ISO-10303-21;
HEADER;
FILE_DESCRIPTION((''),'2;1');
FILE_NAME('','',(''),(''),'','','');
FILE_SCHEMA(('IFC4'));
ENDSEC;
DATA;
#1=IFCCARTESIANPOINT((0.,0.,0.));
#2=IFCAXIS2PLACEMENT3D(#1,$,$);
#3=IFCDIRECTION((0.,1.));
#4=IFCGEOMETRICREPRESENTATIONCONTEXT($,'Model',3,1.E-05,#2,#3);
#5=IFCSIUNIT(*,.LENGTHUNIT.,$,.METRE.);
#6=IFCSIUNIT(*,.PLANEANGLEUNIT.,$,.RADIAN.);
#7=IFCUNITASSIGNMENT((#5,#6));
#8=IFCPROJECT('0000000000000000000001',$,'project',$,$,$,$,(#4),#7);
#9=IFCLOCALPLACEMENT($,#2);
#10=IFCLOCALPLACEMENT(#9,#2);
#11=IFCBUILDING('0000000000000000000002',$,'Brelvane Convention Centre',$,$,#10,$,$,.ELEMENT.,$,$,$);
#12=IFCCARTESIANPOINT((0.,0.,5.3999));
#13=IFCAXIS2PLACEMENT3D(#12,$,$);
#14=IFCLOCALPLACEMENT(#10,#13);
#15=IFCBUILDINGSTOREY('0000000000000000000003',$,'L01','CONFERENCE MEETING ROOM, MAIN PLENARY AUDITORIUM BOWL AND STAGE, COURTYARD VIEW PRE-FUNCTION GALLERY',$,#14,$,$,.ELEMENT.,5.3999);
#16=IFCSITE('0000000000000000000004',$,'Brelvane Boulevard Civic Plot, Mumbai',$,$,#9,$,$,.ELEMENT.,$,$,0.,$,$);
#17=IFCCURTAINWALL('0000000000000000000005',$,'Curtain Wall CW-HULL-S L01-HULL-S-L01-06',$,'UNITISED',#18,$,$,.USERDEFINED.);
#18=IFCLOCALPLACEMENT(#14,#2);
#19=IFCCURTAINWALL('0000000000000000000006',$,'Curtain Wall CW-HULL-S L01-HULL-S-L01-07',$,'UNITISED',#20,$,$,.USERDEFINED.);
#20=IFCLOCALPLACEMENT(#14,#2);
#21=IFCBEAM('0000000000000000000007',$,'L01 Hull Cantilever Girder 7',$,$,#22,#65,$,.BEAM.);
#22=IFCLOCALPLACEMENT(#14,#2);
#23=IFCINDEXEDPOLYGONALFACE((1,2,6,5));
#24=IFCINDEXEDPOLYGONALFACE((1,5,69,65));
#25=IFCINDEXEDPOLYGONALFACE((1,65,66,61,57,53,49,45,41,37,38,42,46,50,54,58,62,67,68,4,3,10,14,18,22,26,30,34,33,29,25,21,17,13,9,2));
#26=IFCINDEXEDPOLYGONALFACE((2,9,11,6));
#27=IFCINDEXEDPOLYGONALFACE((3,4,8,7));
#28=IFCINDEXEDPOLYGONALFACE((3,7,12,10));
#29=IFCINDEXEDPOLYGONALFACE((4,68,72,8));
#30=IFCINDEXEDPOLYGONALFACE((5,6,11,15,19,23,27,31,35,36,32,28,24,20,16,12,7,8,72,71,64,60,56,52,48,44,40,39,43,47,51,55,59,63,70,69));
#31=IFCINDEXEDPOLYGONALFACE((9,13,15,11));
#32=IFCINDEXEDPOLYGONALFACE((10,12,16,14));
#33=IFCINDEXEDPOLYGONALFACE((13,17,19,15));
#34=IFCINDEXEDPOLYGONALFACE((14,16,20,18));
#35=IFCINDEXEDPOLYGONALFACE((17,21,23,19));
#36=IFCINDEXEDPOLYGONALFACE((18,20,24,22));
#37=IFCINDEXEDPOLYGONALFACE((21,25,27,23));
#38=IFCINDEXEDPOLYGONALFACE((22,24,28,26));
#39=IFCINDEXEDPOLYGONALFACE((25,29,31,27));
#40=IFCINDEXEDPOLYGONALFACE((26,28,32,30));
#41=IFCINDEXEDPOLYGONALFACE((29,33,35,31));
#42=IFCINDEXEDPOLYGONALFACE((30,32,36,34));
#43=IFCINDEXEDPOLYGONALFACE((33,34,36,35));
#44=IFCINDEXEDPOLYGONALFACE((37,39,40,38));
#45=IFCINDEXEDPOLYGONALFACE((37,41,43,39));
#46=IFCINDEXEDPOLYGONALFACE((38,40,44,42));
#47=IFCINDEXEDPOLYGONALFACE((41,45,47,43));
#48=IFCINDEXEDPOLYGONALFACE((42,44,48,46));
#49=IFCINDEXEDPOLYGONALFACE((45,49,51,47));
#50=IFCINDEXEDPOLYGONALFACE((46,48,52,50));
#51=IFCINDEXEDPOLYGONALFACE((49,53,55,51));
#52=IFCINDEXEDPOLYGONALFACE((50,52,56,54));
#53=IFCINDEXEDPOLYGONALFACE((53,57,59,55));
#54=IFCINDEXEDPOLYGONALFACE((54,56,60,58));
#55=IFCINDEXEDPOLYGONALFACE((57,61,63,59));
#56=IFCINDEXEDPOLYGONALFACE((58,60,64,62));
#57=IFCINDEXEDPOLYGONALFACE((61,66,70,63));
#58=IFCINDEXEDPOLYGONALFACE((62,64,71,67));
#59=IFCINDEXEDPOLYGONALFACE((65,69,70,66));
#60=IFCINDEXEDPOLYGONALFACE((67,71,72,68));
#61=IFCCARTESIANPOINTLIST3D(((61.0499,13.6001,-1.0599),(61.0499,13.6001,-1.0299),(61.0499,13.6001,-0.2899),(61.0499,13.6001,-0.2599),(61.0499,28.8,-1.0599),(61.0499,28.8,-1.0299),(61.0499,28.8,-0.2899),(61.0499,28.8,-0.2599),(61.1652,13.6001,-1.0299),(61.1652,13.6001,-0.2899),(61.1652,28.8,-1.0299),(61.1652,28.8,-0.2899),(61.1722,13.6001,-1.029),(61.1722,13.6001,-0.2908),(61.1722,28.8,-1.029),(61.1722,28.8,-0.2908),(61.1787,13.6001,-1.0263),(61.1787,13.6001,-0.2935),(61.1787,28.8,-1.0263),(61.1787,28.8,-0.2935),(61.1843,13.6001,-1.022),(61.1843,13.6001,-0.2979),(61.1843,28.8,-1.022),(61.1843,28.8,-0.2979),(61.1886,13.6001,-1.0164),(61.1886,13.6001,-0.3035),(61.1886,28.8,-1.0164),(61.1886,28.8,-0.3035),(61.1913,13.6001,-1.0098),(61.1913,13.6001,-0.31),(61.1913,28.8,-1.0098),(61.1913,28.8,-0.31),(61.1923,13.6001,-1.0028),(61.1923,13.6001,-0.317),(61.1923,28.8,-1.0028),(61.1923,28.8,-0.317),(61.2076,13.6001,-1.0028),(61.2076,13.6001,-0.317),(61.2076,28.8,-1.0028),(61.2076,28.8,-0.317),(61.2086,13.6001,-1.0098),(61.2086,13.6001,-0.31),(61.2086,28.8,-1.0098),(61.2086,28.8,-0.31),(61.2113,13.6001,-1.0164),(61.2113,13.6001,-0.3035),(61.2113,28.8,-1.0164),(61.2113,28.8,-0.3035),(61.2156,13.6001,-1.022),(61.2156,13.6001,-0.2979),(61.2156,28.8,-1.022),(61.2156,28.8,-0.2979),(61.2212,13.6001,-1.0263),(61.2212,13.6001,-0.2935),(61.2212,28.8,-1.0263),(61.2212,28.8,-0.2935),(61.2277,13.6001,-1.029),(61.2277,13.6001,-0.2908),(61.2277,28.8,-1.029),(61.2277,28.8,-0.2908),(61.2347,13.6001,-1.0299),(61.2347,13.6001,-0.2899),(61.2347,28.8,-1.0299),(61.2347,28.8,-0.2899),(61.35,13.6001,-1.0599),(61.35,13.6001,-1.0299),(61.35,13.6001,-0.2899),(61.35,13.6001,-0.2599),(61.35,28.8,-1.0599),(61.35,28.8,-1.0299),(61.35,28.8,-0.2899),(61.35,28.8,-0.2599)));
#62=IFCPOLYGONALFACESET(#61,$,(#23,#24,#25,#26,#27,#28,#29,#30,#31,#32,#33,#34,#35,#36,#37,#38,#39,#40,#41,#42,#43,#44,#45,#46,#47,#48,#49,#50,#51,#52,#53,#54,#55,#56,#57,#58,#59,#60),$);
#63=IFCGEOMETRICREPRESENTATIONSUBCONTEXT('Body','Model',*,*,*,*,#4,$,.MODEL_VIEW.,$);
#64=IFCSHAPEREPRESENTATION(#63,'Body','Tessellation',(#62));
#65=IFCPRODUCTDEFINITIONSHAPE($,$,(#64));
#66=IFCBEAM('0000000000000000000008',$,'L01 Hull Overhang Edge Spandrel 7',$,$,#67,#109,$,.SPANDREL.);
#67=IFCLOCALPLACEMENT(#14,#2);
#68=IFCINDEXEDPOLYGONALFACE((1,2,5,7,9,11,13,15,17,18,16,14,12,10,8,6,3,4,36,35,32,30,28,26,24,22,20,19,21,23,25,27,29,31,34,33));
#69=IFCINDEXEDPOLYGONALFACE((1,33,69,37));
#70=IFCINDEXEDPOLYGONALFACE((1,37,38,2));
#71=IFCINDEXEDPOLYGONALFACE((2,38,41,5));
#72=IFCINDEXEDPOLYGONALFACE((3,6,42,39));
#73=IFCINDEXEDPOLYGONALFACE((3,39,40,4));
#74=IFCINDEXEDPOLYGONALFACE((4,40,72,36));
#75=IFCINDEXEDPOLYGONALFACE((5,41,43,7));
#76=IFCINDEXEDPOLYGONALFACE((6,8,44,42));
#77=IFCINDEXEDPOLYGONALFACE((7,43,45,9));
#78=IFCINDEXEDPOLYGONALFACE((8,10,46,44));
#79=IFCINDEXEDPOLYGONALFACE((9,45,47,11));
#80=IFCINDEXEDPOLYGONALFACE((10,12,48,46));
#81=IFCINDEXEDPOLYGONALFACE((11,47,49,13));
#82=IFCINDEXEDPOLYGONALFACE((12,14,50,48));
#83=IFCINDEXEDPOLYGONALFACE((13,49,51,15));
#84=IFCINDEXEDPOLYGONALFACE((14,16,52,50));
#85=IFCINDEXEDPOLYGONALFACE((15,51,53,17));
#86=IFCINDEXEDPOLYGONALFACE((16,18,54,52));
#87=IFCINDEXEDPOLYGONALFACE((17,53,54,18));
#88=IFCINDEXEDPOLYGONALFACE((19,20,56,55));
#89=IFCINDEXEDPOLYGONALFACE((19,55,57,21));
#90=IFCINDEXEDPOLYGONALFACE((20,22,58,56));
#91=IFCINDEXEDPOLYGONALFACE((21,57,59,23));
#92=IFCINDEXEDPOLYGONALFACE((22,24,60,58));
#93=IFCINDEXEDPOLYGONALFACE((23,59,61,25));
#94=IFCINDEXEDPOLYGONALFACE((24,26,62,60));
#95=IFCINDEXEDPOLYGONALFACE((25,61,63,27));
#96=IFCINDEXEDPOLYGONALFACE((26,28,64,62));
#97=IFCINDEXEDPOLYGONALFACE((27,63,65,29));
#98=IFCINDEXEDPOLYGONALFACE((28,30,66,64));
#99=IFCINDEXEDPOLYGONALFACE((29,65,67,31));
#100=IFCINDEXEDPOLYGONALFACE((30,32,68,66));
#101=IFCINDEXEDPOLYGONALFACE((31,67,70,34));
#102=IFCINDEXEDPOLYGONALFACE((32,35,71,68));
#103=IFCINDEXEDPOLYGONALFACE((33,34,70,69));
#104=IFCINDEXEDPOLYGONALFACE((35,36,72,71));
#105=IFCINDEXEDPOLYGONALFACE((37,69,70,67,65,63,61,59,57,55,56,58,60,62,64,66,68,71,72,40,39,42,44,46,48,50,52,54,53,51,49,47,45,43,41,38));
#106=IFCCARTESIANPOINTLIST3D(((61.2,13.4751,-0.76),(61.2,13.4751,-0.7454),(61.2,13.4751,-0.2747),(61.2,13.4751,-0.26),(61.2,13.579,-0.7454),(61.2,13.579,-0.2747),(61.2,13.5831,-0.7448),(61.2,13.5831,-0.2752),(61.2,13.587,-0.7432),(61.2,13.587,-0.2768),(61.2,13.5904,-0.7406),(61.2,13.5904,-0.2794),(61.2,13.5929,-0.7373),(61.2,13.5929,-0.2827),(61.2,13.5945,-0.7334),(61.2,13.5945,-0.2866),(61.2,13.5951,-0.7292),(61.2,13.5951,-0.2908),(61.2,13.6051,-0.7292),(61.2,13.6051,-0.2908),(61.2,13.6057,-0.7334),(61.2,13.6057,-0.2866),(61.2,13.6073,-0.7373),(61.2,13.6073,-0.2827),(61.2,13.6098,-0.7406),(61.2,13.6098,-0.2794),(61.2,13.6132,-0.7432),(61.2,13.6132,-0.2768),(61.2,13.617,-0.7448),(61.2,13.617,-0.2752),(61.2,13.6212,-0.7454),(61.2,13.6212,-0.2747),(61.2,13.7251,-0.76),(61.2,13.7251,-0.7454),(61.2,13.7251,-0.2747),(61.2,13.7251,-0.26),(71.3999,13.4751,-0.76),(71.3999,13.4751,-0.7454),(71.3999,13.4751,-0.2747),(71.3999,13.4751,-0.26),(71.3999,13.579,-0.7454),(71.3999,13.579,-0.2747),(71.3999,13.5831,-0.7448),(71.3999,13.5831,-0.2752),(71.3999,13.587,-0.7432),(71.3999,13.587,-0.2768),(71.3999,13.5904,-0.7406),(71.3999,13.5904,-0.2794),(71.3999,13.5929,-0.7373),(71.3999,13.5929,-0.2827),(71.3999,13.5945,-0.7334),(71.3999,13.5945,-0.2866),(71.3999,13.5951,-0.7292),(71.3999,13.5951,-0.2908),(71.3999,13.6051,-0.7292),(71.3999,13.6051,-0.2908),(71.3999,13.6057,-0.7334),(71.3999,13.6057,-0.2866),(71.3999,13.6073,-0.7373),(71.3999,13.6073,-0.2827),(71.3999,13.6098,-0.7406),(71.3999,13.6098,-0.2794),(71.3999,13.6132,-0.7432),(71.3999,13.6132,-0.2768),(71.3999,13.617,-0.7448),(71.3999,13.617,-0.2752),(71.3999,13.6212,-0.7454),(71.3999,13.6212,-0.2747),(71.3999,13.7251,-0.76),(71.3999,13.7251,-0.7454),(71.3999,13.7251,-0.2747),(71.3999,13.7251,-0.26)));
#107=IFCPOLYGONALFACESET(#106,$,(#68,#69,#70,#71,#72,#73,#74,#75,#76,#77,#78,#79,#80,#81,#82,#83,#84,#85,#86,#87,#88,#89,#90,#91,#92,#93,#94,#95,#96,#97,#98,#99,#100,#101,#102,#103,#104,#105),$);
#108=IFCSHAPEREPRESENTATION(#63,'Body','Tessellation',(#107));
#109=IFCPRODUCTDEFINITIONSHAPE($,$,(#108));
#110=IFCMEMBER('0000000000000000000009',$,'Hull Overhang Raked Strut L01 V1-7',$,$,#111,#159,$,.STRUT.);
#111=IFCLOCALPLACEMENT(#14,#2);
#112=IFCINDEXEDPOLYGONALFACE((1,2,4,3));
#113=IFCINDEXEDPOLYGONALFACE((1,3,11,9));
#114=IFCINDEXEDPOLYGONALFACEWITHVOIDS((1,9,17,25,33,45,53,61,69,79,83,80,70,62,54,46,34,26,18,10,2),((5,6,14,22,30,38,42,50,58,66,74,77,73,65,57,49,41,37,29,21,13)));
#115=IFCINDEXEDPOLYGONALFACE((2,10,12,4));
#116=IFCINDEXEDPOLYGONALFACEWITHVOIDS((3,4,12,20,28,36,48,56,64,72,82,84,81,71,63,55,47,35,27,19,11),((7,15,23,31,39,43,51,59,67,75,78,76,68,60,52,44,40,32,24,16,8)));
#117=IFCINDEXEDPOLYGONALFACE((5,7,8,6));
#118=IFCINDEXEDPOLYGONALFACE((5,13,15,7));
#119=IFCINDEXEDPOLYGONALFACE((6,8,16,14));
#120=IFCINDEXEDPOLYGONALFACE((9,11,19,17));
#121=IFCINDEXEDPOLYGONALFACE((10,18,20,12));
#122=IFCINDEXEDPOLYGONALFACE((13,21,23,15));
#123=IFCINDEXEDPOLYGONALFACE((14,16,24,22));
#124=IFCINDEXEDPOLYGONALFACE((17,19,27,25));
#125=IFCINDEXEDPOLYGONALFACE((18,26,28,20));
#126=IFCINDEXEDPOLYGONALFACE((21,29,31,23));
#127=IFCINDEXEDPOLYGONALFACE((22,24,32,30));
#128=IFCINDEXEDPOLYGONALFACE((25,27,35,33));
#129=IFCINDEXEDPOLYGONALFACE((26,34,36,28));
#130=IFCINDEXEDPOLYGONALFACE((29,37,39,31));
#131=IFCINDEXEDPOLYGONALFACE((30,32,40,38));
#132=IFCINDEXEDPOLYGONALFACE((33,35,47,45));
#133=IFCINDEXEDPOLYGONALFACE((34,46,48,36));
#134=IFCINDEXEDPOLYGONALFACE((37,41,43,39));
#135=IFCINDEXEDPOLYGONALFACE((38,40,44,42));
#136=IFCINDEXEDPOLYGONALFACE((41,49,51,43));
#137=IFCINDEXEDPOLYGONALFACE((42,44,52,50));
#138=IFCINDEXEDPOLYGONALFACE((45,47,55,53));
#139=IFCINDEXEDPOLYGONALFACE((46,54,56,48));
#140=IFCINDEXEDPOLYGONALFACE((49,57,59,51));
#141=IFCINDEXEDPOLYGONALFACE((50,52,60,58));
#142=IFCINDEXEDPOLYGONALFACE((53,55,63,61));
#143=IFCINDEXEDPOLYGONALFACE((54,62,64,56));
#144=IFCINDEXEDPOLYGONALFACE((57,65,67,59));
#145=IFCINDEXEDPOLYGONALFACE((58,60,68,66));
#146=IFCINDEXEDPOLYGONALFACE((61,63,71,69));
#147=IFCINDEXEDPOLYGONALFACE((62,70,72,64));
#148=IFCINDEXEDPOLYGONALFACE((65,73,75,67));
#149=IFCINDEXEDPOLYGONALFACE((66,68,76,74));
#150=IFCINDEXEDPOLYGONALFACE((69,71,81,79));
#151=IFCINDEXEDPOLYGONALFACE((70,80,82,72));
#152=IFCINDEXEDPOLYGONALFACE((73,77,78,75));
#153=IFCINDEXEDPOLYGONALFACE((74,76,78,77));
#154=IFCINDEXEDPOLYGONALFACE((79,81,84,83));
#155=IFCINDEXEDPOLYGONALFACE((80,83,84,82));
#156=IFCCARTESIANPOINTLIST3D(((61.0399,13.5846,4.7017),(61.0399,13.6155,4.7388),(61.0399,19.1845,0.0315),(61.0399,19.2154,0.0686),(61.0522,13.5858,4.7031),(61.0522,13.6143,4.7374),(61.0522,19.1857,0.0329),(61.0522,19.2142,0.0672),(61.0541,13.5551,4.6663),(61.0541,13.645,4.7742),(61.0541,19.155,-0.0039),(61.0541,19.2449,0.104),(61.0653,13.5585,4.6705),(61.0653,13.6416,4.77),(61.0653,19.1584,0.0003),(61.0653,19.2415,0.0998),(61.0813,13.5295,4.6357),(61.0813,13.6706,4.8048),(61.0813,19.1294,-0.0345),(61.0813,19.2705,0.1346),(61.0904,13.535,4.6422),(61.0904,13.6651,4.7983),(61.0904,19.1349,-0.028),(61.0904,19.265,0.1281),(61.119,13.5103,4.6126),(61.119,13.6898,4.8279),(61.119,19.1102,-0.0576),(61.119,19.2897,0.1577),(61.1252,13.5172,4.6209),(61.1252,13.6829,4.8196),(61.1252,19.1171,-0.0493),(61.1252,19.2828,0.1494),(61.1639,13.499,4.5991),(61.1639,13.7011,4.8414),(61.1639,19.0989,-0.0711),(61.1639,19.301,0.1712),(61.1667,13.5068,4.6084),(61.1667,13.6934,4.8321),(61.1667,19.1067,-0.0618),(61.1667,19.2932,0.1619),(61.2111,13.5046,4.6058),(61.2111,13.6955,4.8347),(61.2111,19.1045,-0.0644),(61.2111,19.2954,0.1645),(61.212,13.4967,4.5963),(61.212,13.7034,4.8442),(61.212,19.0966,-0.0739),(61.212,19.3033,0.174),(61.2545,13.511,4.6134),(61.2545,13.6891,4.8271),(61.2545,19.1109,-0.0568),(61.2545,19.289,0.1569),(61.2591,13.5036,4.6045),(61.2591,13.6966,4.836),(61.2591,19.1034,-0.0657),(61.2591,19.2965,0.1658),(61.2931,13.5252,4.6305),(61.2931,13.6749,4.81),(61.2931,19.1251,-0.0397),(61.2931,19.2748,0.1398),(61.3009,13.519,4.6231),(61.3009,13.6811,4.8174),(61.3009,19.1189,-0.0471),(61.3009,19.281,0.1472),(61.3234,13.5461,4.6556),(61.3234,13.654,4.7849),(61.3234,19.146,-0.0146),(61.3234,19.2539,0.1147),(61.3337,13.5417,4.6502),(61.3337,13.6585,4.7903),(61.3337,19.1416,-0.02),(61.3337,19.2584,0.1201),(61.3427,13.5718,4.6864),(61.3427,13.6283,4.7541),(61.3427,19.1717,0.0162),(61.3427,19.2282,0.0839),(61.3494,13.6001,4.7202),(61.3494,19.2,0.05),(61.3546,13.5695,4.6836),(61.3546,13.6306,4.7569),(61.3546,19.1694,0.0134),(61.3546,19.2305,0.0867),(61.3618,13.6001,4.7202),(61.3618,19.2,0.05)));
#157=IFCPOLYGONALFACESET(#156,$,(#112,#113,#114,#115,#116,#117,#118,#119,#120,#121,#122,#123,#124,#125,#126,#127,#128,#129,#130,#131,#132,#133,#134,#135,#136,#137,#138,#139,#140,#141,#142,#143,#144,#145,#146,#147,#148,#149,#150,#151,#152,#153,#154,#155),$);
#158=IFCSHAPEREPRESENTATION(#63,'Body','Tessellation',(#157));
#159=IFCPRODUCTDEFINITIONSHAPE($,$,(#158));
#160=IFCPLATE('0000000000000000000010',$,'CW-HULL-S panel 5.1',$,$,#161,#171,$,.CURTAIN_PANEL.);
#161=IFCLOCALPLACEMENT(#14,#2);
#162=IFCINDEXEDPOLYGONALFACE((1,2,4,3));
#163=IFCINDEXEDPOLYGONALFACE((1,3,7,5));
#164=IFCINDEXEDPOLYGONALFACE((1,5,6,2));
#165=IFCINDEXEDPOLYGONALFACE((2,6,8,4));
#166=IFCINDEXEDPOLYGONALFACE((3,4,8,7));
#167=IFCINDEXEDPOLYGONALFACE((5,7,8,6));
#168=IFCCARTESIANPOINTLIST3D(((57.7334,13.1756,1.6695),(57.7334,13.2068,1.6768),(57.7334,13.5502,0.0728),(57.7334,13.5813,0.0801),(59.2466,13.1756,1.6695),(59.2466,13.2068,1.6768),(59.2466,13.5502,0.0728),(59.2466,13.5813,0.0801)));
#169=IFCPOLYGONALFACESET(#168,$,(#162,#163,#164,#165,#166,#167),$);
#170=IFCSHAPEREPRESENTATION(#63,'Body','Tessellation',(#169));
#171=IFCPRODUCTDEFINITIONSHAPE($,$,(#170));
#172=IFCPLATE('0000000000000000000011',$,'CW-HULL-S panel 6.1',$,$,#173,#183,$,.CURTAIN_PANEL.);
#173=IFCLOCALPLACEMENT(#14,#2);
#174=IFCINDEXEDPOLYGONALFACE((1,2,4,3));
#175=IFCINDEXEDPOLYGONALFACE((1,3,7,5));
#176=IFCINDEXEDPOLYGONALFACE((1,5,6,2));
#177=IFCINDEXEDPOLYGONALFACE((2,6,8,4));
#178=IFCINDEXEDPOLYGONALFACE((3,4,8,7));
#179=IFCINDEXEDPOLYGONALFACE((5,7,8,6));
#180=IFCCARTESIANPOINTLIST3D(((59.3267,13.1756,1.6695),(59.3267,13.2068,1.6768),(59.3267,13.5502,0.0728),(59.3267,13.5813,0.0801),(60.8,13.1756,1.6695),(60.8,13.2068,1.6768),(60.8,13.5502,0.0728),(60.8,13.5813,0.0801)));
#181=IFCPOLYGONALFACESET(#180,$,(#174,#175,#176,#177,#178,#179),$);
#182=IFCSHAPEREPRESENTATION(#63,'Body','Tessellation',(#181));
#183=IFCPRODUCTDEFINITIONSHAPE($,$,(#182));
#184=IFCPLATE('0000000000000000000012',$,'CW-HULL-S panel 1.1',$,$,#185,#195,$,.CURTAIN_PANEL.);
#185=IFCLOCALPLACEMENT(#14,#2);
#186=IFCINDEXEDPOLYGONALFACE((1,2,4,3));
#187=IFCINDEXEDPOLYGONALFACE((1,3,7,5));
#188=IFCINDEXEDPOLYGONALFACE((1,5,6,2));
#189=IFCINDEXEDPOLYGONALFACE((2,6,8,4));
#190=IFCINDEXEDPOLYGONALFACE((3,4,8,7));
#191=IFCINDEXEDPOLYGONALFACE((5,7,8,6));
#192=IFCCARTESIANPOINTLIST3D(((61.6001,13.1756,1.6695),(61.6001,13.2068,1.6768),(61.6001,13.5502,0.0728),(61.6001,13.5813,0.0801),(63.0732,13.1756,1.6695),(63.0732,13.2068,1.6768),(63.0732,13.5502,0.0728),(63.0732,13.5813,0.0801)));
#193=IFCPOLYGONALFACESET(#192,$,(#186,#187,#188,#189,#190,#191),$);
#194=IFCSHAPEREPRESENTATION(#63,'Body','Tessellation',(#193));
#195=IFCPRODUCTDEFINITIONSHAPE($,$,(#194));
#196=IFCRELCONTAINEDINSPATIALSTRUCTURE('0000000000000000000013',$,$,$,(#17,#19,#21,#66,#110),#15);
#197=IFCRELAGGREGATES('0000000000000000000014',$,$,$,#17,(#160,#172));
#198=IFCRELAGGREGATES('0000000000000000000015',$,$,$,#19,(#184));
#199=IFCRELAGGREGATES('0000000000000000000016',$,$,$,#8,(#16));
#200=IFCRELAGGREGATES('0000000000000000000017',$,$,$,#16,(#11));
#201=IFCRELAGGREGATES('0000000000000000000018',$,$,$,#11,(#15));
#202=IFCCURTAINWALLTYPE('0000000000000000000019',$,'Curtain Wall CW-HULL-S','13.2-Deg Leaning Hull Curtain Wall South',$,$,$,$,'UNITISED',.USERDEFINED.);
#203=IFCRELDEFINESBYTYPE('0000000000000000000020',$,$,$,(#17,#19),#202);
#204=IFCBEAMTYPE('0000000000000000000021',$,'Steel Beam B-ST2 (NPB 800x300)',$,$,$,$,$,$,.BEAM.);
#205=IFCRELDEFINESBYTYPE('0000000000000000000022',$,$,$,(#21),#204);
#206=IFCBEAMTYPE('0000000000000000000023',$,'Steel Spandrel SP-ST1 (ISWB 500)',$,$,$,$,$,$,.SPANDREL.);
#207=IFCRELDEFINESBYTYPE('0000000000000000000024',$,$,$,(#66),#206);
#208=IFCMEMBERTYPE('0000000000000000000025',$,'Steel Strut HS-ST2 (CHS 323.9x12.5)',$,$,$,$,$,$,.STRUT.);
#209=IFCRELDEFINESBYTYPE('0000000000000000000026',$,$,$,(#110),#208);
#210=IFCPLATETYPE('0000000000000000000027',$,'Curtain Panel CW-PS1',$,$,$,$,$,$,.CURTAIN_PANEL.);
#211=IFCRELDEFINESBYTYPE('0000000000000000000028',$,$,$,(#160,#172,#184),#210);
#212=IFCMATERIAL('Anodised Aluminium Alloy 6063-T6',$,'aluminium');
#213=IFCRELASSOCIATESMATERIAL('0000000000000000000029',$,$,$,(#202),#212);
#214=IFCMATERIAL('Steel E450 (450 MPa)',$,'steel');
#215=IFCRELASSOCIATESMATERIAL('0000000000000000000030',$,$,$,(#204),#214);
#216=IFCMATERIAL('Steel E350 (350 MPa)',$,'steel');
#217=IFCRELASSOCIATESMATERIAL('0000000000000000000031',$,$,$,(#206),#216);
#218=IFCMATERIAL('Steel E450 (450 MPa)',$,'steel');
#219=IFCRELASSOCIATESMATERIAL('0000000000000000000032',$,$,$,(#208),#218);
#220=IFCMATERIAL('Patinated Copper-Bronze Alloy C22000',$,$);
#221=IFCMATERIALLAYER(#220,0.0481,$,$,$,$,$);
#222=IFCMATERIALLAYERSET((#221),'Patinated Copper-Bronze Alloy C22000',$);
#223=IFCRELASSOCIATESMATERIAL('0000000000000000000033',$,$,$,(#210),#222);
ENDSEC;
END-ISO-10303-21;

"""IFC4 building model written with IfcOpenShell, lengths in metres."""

from ifc_helpers import new_model, si_unit, direction, frame, origin, origin_2d, place, context, subcontext, project, spatial, polyline, hollow_circle, i_section, outline, extrude, material, layer, layer_set, material_profile, profile_set, type_object, element, aggregate, save


model = new_model("IFC4")

# Units and contexts
model_context = context("Model", 3, precision=1e-05, world=origin(), true_north=direction((0.0, 1.0)))
body_context = subcontext(model_context, "Body", "Model", "MODEL_VIEW")
ifc_project = project(units=[si_unit("LENGTHUNIT", "METRE"), si_unit("PLANEANGLEUNIT", "RADIAN")], contexts=[model_context])

# Site, building, storey
site_placement = place(None, origin())
site = spatial("IfcSite", under=ifc_project, at=site_placement, Name="Brelvane Boulevard Civic Plot, Mumbai", CompositionType="ELEMENT", RefElevation=0.0)
building_placement = place(site_placement, origin())
building = spatial("IfcBuilding", under=site, at=building_placement, Name="Brelvane Convention Centre", CompositionType="ELEMENT")
storey_placement = place(building_placement, frame((0.0, 0.0, 5.3999)))
storey = spatial("IfcBuildingStorey", under=building, at=storey_placement, Name="L01", Description="CONFERENCE MEETING ROOM, MAIN PLENARY AUDITORIUM BOWL AND STAGE, COURTYARD VIEW PRE-FUNCTION GALLERY", CompositionType="ELEMENT", Elevation=5.3999)

# Curtain walls
ifc_material_1 = material(Name="Anodised Aluminium Alloy 6063-T6", Category="aluminium")
curtain_wall_type = type_object("IfcCurtainWallType", Name="Curtain Wall CW-HULL-S", Description="13.2-Deg Leaning Hull Curtain Wall South", ElementType="UNITISED", PredefinedType="USERDEFINED", material=ifc_material_1)
curtain_wall_1_placement = place(storey_placement, origin())
curtain_wall_1 = element("IfcCurtainWall", 1, at=curtain_wall_1_placement, inside=storey, type_object=curtain_wall_type, Name="Curtain Wall CW-HULL-S L01-HULL-S-L01-06", ObjectType="UNITISED", PredefinedType="USERDEFINED")
curtain_wall_2_placement = place(storey_placement, origin())
curtain_wall_2 = element("IfcCurtainWall", 2, at=curtain_wall_2_placement, inside=storey, type_object=curtain_wall_type, Name="Curtain Wall CW-HULL-S L01-HULL-S-L01-07", ObjectType="UNITISED", PredefinedType="USERDEFINED")

# Beams
ifc_material_2 = material(Name="Steel E450 (450 MPa)", Category="steel")
ifc_material_profile_1 = material_profile(ifc_material_2, i_section(OverallWidth=0.3, OverallDepth=0.8, WebThickness=0.0154, FlangeThickness=0.03, FilletRadius=0.0271, at=origin_2d()), Name="NPB 800x300")
ifc_profile_set_1 = profile_set([ifc_material_profile_1], Name="Steel E450 (450 MPa)")
beam_type_1 = type_object("IfcBeamType", Name="Steel Beam B-ST2 (NPB 800x300)", PredefinedType="BEAM", material=ifc_profile_set_1)
beam_1_placement = place(storey_placement, frame((61.2, 13.6001, -0.6599), z_axis=(0.0, 1.0, 0.0), x_axis=(-1.0, 0.0, 0.0)))
element("IfcBeam", 3, at=beam_1_placement, inside=storey, type_object=beam_type_1, Name="L01 Hull Cantilever Girder 7", PredefinedType="BEAM", context=body_context, shape_type="SweptSolid", body=[
    extrude(i_section(OverallWidth=0.3, OverallDepth=0.8, WebThickness=0.0154, FlangeThickness=0.03, FilletRadius=0.0271, at=origin_2d()), origin(), (0.0, 0.0, 1.0), 15.2),
])
ifc_material_3 = material(Name="Steel E350 (350 MPa)", Category="steel")
ifc_material_profile_2 = material_profile(ifc_material_3, i_section(OverallWidth=0.25, OverallDepth=0.5, WebThickness=0.01, FlangeThickness=0.0146, FilletRadius=0.0161, at=origin_2d()), Name="ISWB 500")
ifc_profile_set_2 = profile_set([ifc_material_profile_2], Name="Steel E350 (350 MPa)")
beam_type_2 = type_object("IfcBeamType", Name="Steel Spandrel SP-ST1 (ISWB 500)", PredefinedType="SPANDREL", material=ifc_profile_set_2)
beam_2_placement = place(storey_placement, frame((61.2, 13.6001, -0.51), z_axis=(1.0, 0.0, 0.0), x_axis=(0.0, 1.0, 0.0)))
element("IfcBeam", 4, at=beam_2_placement, inside=storey, type_object=beam_type_2, Name="L01 Hull Overhang Edge Spandrel 7", PredefinedType="SPANDREL", context=body_context, shape_type="SweptSolid", body=[
    extrude(i_section(OverallWidth=0.25, OverallDepth=0.5, WebThickness=0.01, FlangeThickness=0.0146, FilletRadius=0.0161, at=origin_2d()), origin(), (0.0, 0.0, 1.0), 10.2),
])

# Member
ifc_material_4 = material(Name="Steel E450 (450 MPa)", Category="steel")
ifc_material_profile_3 = material_profile(ifc_material_4, hollow_circle(Radius=0.1619, WallThickness=0.0125, at=origin_2d()), Name="CHS 323.9x12.5")
ifc_profile_set_3 = profile_set([ifc_material_profile_3], Name="Steel E450 (450 MPa)")
member_type_1 = type_object("IfcMemberType", Name="Steel Strut HS-ST2 (CHS 323.9x12.5)", PredefinedType="STRUT", material=ifc_profile_set_3)
member_1_placement = place(storey_placement, frame((61.2, 19.2, 0.05), z_axis=(0.0, -0.767977, 0.640477), x_axis=(1.0, 0.0, 0.0)))
element("IfcMember", 5, at=member_1_placement, inside=storey, type_object=member_type_1, Name="Hull Overhang Raked Strut L01 V1-7", PredefinedType="STRUT", context=body_context, shape_type="SweptSolid", body=[
    extrude(hollow_circle(Radius=0.1619, WallThickness=0.0125, at=origin_2d()), origin(), (0.0, 0.0, 1.0), 7.2917),
])

# Plates
ifc_material_5 = material(Name="Patinated Copper-Bronze Alloy C22000")
ifc_layer_1 = layer(ifc_material_5, 0.0481)
ifc_layer_set_1 = layer_set([ifc_layer_1], Name="Patinated Copper-Bronze Alloy C22000")
plate_type_1 = type_object("IfcPlateType", Name="Curtain Panel CW-PS1", PredefinedType="CURTAIN_PANEL", material=ifc_layer_set_1)
plate_1_placement = place(storey_placement, frame((57.7334, 13.5813, 0.0801), z_axis=(0.0, 0.973577, 0.228359), x_axis=(1.0, 0.0, 0.0)))
plate_1 = element("IfcPlate", 6, at=plate_1_placement, type_object=plate_type_1, Name="CW-HULL-S panel 5.1", PredefinedType="CURTAIN_PANEL", context=body_context, shape_type="SweptSolid", body=[
    extrude(outline(polyline([(0.0, 0.0), (1.5132, 0.0), (1.5132, -1.64), (0.0, -1.64), (0.0, 0.0)])), origin(), (0.0, 0.0, -1.0), 0.032),
])
plate_2_placement = place(storey_placement, frame((59.3267, 13.5813, 0.0801), z_axis=(0.0, 0.973577, 0.228359), x_axis=(1.0, 0.0, 0.0)))
plate_2 = element("IfcPlate", 7, at=plate_2_placement, type_object=plate_type_1, Name="CW-HULL-S panel 6.1", PredefinedType="CURTAIN_PANEL", context=body_context, shape_type="SweptSolid", body=[
    extrude(outline(polyline([(0.0, 0.0), (1.4734, 0.0), (1.4734, -1.64), (0.0, -1.64), (0.0, 0.0)])), origin(), (0.0, 0.0, -1.0), 0.032),
])
aggregate(curtain_wall_1, [plate_1, plate_2])
plate_3_placement = place(storey_placement, frame((61.6001, 13.5813, 0.0801), z_axis=(0.0, 0.973577, 0.228359), x_axis=(1.0, 0.0, 0.0)))
plate_3 = element("IfcPlate", 8, at=plate_3_placement, type_object=plate_type_1, Name="CW-HULL-S panel 1.1", PredefinedType="CURTAIN_PANEL", context=body_context, shape_type="SweptSolid", body=[
    extrude(outline(polyline([(0.0, 0.0), (1.4731, 0.0), (1.4731, -1.64), (0.0, -1.64), (0.0, 0.0)])), origin(), (0.0, 0.0, -1.0), 0.032),
])
aggregate(curtain_wall_2, [plate_3])

save(model, "model.ifc")
